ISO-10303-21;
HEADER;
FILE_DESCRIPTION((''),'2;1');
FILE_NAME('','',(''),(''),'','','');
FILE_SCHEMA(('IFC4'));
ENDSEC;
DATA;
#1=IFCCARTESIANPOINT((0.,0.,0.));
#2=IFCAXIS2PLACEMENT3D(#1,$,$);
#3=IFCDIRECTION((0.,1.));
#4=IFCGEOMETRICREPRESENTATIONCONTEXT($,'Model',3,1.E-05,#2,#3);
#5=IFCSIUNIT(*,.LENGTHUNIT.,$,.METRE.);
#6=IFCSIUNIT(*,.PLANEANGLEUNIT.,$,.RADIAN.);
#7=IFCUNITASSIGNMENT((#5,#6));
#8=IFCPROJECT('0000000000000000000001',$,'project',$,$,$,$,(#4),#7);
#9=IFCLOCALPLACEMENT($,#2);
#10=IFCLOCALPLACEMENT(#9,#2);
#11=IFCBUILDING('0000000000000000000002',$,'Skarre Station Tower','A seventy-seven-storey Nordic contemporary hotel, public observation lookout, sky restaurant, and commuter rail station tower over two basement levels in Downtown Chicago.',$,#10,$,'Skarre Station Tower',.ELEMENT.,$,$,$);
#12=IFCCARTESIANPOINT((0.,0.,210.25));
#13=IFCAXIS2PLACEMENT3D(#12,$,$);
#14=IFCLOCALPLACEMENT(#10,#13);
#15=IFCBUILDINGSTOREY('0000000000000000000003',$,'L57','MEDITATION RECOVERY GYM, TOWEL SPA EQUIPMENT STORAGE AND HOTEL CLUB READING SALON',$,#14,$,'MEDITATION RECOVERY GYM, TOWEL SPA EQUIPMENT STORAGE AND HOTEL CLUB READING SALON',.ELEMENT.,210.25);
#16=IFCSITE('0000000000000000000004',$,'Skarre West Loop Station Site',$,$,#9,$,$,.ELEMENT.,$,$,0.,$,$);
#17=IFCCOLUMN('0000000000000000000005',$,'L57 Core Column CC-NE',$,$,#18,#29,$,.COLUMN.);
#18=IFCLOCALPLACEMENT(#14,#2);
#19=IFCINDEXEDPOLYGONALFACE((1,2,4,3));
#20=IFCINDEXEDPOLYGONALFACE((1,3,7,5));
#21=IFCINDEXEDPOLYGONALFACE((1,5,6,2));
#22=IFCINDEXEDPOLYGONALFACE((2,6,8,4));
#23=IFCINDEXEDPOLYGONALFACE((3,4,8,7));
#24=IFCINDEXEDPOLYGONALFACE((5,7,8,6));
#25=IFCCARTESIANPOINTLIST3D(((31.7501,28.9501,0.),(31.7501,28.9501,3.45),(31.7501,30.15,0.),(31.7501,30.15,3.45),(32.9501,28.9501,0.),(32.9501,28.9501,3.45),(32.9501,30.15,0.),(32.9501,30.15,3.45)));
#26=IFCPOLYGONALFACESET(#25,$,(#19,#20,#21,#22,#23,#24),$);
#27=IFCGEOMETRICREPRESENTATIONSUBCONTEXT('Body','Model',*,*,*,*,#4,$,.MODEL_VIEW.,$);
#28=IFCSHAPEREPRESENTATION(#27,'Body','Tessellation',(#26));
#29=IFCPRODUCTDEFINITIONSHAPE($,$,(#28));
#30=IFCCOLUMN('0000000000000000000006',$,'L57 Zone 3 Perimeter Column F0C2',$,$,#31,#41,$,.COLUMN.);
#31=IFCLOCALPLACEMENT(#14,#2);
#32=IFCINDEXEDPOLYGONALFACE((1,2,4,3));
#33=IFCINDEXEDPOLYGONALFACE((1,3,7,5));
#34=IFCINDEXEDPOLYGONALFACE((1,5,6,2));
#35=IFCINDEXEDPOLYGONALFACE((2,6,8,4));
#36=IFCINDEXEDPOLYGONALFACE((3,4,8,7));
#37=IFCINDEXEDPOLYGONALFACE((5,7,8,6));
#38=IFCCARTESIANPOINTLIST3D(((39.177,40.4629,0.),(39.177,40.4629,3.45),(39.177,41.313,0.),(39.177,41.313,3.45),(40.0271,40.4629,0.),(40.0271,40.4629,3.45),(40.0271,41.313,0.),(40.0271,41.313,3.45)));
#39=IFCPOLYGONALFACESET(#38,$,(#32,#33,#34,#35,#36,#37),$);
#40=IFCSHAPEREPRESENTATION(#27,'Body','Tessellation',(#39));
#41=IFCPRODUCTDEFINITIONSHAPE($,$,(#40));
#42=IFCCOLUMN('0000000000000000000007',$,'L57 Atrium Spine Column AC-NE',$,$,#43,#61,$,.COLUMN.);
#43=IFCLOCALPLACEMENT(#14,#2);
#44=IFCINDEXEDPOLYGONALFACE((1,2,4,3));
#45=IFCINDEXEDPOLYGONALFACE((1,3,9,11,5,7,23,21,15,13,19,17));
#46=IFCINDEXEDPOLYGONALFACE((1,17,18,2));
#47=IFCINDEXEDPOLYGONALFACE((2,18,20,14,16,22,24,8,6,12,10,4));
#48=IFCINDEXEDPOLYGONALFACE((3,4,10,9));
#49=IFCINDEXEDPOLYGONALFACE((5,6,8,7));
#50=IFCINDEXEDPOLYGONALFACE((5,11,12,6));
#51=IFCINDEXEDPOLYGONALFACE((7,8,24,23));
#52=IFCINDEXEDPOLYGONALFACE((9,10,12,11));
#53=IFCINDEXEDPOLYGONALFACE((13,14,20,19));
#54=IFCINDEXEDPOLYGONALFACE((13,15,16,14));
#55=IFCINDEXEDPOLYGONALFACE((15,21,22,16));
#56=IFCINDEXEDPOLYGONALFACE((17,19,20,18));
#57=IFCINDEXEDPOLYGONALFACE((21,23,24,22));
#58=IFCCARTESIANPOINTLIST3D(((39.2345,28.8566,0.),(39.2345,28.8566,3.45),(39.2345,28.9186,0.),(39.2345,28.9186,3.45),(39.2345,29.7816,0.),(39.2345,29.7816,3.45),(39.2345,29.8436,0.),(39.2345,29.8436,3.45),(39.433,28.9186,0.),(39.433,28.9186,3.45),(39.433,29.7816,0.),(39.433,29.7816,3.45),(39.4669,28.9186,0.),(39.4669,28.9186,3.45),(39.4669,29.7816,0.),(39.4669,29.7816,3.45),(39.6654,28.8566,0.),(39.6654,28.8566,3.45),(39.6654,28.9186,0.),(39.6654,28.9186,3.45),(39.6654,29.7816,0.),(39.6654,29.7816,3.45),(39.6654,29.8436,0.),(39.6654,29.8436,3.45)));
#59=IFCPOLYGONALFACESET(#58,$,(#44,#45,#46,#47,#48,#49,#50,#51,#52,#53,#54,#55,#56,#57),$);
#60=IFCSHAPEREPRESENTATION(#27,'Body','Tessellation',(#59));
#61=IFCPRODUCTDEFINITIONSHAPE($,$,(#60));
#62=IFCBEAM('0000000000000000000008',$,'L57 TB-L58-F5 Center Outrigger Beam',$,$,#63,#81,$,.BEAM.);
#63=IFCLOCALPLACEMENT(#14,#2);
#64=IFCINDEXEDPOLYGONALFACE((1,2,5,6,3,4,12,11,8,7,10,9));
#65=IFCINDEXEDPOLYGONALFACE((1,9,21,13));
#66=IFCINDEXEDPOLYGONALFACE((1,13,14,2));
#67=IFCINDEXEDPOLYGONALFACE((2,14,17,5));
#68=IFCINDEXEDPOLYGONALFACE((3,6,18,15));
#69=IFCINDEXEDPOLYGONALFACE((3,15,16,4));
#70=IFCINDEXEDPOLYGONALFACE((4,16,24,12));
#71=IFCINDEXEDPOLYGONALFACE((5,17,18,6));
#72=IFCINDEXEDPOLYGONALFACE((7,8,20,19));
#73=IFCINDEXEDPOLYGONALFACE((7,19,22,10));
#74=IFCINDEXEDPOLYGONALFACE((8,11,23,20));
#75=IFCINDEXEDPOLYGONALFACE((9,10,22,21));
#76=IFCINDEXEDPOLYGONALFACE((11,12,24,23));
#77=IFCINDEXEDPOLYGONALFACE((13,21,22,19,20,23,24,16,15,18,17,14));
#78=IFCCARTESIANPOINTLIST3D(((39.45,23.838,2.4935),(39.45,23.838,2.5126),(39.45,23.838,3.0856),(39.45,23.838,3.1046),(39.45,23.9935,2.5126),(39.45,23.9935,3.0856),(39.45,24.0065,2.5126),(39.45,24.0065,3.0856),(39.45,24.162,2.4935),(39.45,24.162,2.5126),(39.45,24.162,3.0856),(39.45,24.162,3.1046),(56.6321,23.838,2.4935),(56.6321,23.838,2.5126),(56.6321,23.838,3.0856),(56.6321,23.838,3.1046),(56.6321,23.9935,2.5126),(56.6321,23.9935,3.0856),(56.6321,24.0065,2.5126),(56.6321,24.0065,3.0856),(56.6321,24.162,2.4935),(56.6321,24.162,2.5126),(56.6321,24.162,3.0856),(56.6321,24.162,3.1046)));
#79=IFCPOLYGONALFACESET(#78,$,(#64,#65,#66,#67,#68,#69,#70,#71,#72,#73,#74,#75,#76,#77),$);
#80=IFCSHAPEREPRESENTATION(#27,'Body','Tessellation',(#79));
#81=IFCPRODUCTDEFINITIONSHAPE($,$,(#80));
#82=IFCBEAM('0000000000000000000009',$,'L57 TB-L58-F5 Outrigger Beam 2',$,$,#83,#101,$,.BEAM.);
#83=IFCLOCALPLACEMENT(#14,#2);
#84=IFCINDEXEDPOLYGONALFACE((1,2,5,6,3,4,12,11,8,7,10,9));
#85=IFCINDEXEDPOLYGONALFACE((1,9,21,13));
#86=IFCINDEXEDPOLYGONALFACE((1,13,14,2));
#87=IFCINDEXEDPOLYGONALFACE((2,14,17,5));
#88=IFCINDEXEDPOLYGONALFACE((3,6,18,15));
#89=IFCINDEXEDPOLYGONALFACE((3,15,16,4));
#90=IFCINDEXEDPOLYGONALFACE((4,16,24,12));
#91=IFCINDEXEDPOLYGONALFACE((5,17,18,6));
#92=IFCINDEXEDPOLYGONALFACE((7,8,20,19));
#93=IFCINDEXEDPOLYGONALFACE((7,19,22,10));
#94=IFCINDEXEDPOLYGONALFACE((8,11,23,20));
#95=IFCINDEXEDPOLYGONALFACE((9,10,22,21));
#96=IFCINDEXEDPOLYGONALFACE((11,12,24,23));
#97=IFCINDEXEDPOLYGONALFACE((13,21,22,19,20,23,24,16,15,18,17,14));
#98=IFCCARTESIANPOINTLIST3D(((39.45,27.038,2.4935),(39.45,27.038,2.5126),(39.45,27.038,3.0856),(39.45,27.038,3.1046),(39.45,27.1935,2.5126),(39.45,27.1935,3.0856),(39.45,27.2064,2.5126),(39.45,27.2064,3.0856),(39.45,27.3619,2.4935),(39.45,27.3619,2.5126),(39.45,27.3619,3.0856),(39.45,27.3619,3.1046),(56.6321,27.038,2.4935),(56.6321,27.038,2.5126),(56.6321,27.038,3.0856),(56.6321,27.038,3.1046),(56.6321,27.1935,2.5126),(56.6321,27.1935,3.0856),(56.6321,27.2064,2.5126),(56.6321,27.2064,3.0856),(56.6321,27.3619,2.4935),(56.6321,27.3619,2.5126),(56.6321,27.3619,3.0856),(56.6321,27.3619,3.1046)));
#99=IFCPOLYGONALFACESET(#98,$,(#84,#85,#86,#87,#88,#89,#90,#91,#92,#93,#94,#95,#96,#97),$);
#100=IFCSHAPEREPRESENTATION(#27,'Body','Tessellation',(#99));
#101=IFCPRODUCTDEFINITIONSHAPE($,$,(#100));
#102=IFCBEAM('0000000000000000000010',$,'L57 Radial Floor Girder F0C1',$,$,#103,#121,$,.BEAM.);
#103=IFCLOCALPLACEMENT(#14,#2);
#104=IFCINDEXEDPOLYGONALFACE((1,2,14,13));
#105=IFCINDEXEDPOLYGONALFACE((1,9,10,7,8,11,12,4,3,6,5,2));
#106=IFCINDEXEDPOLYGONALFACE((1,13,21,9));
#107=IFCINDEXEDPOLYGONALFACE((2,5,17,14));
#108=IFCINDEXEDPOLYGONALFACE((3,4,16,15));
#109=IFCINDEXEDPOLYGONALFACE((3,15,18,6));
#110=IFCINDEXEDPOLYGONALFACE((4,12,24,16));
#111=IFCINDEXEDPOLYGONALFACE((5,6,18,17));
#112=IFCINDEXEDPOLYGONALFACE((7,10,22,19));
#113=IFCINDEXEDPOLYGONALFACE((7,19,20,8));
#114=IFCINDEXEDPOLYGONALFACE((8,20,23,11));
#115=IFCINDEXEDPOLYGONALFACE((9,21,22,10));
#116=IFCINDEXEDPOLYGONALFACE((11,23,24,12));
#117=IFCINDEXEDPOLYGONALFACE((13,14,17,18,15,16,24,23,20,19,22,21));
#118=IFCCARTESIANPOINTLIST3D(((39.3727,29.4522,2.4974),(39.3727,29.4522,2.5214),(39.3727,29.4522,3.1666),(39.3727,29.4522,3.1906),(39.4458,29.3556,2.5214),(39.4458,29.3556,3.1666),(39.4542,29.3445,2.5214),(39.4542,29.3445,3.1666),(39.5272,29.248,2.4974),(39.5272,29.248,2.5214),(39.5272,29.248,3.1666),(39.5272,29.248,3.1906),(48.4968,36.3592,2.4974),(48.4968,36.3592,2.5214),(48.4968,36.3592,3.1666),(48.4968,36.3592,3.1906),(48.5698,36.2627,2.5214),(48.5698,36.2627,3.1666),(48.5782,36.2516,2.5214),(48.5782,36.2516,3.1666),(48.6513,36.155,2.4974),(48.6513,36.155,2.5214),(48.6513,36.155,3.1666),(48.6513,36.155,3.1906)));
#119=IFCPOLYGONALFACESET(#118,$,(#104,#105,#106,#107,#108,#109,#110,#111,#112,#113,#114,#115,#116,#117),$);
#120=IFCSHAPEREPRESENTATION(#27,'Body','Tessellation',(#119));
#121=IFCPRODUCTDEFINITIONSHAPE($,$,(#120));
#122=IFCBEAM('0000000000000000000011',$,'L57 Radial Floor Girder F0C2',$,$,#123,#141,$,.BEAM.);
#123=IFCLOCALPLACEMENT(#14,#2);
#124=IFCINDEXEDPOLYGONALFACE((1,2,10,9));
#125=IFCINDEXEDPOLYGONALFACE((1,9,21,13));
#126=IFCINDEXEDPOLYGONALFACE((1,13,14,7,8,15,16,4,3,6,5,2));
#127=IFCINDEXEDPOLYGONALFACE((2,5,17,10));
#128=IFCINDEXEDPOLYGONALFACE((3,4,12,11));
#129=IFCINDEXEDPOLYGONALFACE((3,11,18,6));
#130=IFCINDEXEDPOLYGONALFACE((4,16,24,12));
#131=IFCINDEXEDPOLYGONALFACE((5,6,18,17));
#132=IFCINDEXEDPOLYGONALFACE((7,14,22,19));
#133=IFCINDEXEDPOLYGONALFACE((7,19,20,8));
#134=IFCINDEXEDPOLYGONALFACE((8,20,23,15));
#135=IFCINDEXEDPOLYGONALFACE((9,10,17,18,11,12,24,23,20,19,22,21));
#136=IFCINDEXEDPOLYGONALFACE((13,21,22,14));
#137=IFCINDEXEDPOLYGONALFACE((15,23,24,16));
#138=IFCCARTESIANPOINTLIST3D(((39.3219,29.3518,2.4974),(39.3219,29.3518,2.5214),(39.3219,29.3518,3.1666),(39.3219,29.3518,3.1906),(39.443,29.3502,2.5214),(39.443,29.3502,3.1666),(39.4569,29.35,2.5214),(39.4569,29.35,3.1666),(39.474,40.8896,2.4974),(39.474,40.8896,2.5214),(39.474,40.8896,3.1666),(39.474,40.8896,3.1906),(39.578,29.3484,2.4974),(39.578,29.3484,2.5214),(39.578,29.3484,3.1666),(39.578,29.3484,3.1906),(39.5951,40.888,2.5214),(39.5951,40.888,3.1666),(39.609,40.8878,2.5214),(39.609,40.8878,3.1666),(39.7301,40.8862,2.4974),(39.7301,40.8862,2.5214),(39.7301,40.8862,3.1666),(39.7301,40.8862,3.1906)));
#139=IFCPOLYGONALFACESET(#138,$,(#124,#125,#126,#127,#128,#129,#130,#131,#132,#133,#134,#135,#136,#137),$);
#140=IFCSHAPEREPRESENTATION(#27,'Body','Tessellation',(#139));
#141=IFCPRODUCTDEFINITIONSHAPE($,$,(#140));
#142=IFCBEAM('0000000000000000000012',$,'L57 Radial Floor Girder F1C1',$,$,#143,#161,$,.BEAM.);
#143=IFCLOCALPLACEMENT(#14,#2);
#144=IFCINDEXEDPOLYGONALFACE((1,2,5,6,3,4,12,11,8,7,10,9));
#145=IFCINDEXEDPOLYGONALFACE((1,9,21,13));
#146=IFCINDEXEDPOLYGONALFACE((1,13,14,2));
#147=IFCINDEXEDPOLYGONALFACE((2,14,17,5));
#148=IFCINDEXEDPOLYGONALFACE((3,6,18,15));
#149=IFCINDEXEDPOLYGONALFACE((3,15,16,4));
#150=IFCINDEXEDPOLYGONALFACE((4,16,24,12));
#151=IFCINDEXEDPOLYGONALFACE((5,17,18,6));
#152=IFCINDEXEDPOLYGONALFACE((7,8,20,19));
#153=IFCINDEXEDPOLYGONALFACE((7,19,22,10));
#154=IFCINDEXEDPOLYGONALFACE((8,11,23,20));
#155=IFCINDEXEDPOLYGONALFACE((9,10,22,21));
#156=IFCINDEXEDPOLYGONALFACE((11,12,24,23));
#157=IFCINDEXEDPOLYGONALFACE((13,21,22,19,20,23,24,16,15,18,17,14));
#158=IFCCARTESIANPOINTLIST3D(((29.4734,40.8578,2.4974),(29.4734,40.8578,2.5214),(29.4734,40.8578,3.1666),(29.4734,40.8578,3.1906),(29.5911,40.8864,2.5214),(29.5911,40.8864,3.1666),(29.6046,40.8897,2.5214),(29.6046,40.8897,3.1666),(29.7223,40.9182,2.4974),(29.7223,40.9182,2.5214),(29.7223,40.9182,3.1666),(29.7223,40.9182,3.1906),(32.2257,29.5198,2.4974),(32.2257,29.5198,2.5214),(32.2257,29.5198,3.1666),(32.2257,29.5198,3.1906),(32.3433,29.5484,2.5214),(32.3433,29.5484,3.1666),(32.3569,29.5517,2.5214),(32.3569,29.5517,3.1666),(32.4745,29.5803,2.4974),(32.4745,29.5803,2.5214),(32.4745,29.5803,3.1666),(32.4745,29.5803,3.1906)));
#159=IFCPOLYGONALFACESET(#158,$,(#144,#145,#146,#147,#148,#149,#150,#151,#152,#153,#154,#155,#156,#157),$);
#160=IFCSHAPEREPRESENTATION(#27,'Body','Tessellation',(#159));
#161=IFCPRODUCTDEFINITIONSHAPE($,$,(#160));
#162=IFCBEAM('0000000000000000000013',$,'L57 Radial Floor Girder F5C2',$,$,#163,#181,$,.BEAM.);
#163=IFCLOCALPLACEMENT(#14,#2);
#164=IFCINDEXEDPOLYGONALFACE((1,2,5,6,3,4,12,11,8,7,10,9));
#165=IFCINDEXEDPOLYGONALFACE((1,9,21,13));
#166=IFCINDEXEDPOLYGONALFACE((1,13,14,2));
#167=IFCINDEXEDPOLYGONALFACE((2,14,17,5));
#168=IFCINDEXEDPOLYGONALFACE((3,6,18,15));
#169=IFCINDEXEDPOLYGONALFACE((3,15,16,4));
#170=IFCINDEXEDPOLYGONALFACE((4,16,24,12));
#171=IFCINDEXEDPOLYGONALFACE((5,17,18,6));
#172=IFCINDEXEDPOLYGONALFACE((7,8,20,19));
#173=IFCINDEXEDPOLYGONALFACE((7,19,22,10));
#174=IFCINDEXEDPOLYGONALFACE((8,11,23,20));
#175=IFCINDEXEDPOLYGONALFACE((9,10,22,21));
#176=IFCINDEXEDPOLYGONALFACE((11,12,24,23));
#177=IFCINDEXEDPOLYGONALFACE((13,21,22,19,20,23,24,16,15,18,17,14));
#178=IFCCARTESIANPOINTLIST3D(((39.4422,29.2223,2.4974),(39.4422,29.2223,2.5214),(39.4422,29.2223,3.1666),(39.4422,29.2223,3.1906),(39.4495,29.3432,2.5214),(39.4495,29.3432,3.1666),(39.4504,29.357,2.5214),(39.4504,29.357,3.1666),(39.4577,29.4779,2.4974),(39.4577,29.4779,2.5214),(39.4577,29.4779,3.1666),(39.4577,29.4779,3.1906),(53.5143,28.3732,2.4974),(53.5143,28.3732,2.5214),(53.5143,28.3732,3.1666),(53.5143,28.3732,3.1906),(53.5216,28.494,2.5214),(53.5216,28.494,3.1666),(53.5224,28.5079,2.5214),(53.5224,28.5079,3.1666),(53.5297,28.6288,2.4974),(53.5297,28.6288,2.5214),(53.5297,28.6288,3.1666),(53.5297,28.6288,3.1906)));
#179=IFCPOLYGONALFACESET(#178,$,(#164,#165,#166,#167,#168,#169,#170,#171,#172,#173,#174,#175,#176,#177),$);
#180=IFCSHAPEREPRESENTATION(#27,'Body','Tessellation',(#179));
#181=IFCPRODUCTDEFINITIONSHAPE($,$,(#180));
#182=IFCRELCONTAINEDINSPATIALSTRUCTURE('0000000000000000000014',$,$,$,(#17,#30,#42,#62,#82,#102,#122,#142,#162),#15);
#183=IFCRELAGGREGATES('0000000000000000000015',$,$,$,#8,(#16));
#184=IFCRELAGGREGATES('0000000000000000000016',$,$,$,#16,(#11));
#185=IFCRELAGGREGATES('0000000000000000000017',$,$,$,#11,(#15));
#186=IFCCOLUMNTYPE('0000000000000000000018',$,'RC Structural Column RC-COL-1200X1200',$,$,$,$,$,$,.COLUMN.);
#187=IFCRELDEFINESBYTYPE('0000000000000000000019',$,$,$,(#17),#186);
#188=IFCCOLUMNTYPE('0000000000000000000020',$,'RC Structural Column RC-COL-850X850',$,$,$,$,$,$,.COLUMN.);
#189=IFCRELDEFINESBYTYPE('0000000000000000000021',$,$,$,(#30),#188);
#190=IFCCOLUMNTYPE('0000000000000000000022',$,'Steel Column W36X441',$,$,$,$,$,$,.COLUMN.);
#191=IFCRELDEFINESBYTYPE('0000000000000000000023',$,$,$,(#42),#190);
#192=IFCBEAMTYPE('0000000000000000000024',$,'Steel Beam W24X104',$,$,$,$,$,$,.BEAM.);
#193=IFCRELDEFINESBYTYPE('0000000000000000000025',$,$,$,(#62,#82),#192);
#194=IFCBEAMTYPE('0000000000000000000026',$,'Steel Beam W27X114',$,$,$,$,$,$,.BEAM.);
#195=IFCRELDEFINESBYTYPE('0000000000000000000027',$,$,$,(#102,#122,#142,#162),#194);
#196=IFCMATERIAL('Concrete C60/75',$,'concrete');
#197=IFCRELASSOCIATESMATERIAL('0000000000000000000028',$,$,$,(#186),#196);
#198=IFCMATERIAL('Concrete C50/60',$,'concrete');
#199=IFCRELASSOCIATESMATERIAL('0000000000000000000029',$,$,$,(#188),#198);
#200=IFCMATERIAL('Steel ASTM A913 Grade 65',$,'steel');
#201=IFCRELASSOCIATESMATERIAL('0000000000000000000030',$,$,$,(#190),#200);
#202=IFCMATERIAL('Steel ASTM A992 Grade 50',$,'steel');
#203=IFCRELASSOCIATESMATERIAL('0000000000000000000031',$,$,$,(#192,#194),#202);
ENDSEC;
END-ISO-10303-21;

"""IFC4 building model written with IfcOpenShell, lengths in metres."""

from ifc_helpers import new_model, si_unit, direction, frame, origin, origin_2d, place, context, subcontext, project, spatial, rectangle, i_section, extrude, material, material_profile, profile_set, type_object, element, save


model = new_model("IFC4")

# Units and contexts
model_context = context("Model", 3, precision=1e-05, world=origin(), true_north=direction((0.0, 1.0)))
body_context = subcontext(model_context, "Body", "Model", "MODEL_VIEW")
ifc_project = project(units=[si_unit("LENGTHUNIT", "METRE"), si_unit("PLANEANGLEUNIT", "RADIAN")], contexts=[model_context])

# Site, building, storey
site_placement = place(None, origin())
site = spatial("IfcSite", under=ifc_project, at=site_placement, Name="Skarre West Loop Station Site", CompositionType="ELEMENT", RefElevation=0.0)
building_placement = place(site_placement, origin())
building = spatial("IfcBuilding", under=site, at=building_placement, Name="Skarre Station Tower", Description="A seventy-seven-storey Nordic contemporary hotel, public observation lookout, sky restaurant, and commuter rail station tower over two basement levels in Downtown Chicago.", LongName="Skarre Station Tower", CompositionType="ELEMENT")
storey_placement = place(building_placement, frame((0.0, 0.0, 210.25)))
storey = spatial("IfcBuildingStorey", under=building, at=storey_placement, Name="L57", Description="MEDITATION RECOVERY GYM, TOWEL SPA EQUIPMENT STORAGE AND HOTEL CLUB READING SALON", LongName="MEDITATION RECOVERY GYM, TOWEL SPA EQUIPMENT STORAGE AND HOTEL CLUB READING SALON", CompositionType="ELEMENT", Elevation=210.25)

# Columns
ifc_material_1 = material(Name="Concrete C60/75", Category="concrete")
ifc_material_profile_1 = material_profile(ifc_material_1, rectangle(XDim=1.2, YDim=1.2, at=origin_2d()), Name="Concrete C60/75")
ifc_profile_set_1 = profile_set([ifc_material_profile_1], Name="Concrete C60/75")
column_type_1 = type_object("IfcColumnType", Name="RC Structural Column RC-COL-1200X1200", PredefinedType="COLUMN", material=ifc_profile_set_1)
column_1_placement = place(storey_placement, frame((32.3501, 29.55, 0.0), z_axis=(0.0, 0.0, 1.0), x_axis=(1.0, 0.0, 0.0)))
element("IfcColumn", 1, at=column_1_placement, inside=storey, type_object=column_type_1, Name="L57 Core Column CC-NE", PredefinedType="COLUMN", context=body_context, shape_type="SweptSolid", body=[
    extrude(rectangle(XDim=1.2, YDim=1.2, at=origin_2d()), origin(), (0.0, 0.0, 1.0), 3.45),
])
ifc_material_2 = material(Name="Concrete C50/60", Category="concrete")
ifc_material_profile_2 = material_profile(ifc_material_2, rectangle(XDim=0.8501, YDim=0.8501, at=origin_2d()), Name="Concrete C50/60")
ifc_profile_set_2 = profile_set([ifc_material_profile_2], Name="Concrete C50/60")
column_type_2 = type_object("IfcColumnType", Name="RC Structural Column RC-COL-850X850", PredefinedType="COLUMN", material=ifc_profile_set_2)
column_2_placement = place(storey_placement, frame((39.6021, 40.8879, 0.0), z_axis=(0.0, 0.0, 1.0), x_axis=(1.0, 0.0, 0.0)))
element("IfcColumn", 2, at=column_2_placement, inside=storey, type_object=column_type_2, Name="L57 Zone 3 Perimeter Column F0C2", PredefinedType="COLUMN", context=body_context, shape_type="SweptSolid", body=[
    extrude(rectangle(XDim=0.8501, YDim=0.8501, at=origin_2d()), origin(), (0.0, 0.0, 1.0), 3.45),
])
ifc_material_3 = material(Name="Steel ASTM A913 Grade 65", Category="steel")
ifc_material_profile_3 = material_profile(ifc_material_3, i_section(OverallWidth=0.4309, OverallDepth=0.9871, WebThickness=0.0339, FlangeThickness=0.062, at=origin_2d()), Name="Steel ASTM A913 Grade 65")
ifc_profile_set_3 = profile_set([ifc_material_profile_3], Name="Steel ASTM A913 Grade 65")
column_type_3 = type_object("IfcColumnType", Name="Steel Column W36X441", PredefinedType="COLUMN", material=ifc_profile_set_3)
column_3_placement = place(storey_placement, frame((39.45, 29.3501, 0.0), z_axis=(0.0, 0.0, 1.0), x_axis=(1.0, 0.0, 0.0)))
element("IfcColumn", 3, at=column_3_placement, inside=storey, type_object=column_type_3, Name="L57 Atrium Spine Column AC-NE", PredefinedType="COLUMN", context=body_context, shape_type="SweptSolid", body=[
    extrude(i_section(OverallWidth=0.4309, OverallDepth=0.9871, WebThickness=0.0339, FlangeThickness=0.062, at=origin_2d()), origin(), (0.0, 0.0, 1.0), 3.45),
])

# Beams
ifc_material_4 = material(Name="Steel ASTM A992 Grade 50", Category="steel")
ifc_material_profile_4 = material_profile(ifc_material_4, i_section(OverallWidth=0.324, OverallDepth=0.6111, WebThickness=0.0129, FlangeThickness=0.019, at=origin_2d()), Name="Steel ASTM A992 Grade 50")
ifc_profile_set_4 = profile_set([ifc_material_profile_4], Name="Steel ASTM A992 Grade 50")
beam_type_1 = type_object("IfcBeamType", Name="Steel Beam W24X104", PredefinedType="BEAM", material=ifc_profile_set_4)
for number, where, z_axis, x_axis, name in (
    (4, (39.45, 24.0, 2.7991), (1.0, 0.0, 0.0), (0.0, 1.0, 0.0), "L57 TB-L58-F5 Center Outrigger Beam"),
    (5, (39.45, 27.2, 2.7991), (1.0, 0.0, 0.0), (0.0, 1.0, 0.0), "L57 TB-L58-F5 Outrigger Beam 2"),
):
    element("IfcBeam", number, at=place(storey_placement, frame(where, z_axis=z_axis, x_axis=x_axis)), inside=storey, type_object=beam_type_1, Name=name, PredefinedType="BEAM", context=body_context, shape_type="SweptSolid", body=[
        extrude(i_section(OverallWidth=0.324, OverallDepth=0.6111, WebThickness=0.0129, FlangeThickness=0.019, at=origin_2d()), origin(), (0.0, 0.0, 1.0), 17.1821),
    ])
ifc_material_profile_5 = material_profile(ifc_material_4, i_section(OverallWidth=0.2561, OverallDepth=0.6931, WebThickness=0.0139, FlangeThickness=0.0239, at=origin_2d()), Name="Steel ASTM A992 Grade 50")
ifc_profile_set_5 = profile_set([ifc_material_profile_5], Name="Steel ASTM A992 Grade 50")
beam_type_2 = type_object("IfcBeamType", Name="Steel Beam W27X114", PredefinedType="BEAM", material=ifc_profile_set_5)
beam_1_placement = place(storey_placement, frame((39.45, 29.3501, 2.844), z_axis=(0.797309, 0.603571, 0.0), x_axis=(-0.603571, 0.797309, 0.0)))
element("IfcBeam", 6, at=beam_1_placement, inside=storey, type_object=beam_type_2, Name="L57 Radial Floor Girder F0C1", PredefinedType="BEAM", context=body_context, shape_type="SweptSolid", body=[
    extrude(i_section(OverallWidth=0.2561, OverallDepth=0.6931, WebThickness=0.0139, FlangeThickness=0.0239, at=origin_2d()), origin(), (0.0, 0.0, 1.0), 11.4436),
])
beam_2_placement = place(storey_placement, frame((39.45, 29.3501, 2.844), z_axis=(0.013182, 0.999913, 0.0), x_axis=(-0.999913, 0.013182, 0.0)))
element("IfcBeam", 7, at=beam_2_placement, inside=storey, type_object=beam_type_2, Name="L57 Radial Floor Girder F0C2", PredefinedType="BEAM", context=body_context, shape_type="SweptSolid", body=[
    extrude(i_section(OverallWidth=0.2561, OverallDepth=0.6931, WebThickness=0.0139, FlangeThickness=0.0239, at=origin_2d()), origin(), (0.0, 0.0, 1.0), 11.5388),
])
beam_3_placement = place(storey_placement, frame((32.3501, 29.55, 2.844), z_axis=(-0.235893, 0.971779, 0.0), x_axis=(-0.971779, -0.235893, 0.0)))
element("IfcBeam", 8, at=beam_3_placement, inside=storey, type_object=beam_type_2, Name="L57 Radial Floor Girder F1C1", PredefinedType="BEAM", context=body_context, shape_type="SweptSolid", body=[
    extrude(i_section(OverallWidth=0.2561, OverallDepth=0.6931, WebThickness=0.0139, FlangeThickness=0.0239, at=origin_2d()), origin(), (0.0, 0.0, 1.0), 11.6672),
])
beam_4_placement = place(storey_placement, frame((39.45, 29.3501, 2.844), z_axis=(0.998184, -0.060232, 0.0), x_axis=(0.060232, 0.998184, 0.0)))
element("IfcBeam", 9, at=beam_4_placement, inside=storey, type_object=beam_type_2, Name="L57 Radial Floor Girder F5C2", PredefinedType="BEAM", context=body_context, shape_type="SweptSolid", body=[
    extrude(i_section(OverallWidth=0.2561, OverallDepth=0.6931, WebThickness=0.0139, FlangeThickness=0.0239, at=origin_2d()), origin(), (0.0, 0.0, 1.0), 14.0977),
])

save(model, "model.ifc")
